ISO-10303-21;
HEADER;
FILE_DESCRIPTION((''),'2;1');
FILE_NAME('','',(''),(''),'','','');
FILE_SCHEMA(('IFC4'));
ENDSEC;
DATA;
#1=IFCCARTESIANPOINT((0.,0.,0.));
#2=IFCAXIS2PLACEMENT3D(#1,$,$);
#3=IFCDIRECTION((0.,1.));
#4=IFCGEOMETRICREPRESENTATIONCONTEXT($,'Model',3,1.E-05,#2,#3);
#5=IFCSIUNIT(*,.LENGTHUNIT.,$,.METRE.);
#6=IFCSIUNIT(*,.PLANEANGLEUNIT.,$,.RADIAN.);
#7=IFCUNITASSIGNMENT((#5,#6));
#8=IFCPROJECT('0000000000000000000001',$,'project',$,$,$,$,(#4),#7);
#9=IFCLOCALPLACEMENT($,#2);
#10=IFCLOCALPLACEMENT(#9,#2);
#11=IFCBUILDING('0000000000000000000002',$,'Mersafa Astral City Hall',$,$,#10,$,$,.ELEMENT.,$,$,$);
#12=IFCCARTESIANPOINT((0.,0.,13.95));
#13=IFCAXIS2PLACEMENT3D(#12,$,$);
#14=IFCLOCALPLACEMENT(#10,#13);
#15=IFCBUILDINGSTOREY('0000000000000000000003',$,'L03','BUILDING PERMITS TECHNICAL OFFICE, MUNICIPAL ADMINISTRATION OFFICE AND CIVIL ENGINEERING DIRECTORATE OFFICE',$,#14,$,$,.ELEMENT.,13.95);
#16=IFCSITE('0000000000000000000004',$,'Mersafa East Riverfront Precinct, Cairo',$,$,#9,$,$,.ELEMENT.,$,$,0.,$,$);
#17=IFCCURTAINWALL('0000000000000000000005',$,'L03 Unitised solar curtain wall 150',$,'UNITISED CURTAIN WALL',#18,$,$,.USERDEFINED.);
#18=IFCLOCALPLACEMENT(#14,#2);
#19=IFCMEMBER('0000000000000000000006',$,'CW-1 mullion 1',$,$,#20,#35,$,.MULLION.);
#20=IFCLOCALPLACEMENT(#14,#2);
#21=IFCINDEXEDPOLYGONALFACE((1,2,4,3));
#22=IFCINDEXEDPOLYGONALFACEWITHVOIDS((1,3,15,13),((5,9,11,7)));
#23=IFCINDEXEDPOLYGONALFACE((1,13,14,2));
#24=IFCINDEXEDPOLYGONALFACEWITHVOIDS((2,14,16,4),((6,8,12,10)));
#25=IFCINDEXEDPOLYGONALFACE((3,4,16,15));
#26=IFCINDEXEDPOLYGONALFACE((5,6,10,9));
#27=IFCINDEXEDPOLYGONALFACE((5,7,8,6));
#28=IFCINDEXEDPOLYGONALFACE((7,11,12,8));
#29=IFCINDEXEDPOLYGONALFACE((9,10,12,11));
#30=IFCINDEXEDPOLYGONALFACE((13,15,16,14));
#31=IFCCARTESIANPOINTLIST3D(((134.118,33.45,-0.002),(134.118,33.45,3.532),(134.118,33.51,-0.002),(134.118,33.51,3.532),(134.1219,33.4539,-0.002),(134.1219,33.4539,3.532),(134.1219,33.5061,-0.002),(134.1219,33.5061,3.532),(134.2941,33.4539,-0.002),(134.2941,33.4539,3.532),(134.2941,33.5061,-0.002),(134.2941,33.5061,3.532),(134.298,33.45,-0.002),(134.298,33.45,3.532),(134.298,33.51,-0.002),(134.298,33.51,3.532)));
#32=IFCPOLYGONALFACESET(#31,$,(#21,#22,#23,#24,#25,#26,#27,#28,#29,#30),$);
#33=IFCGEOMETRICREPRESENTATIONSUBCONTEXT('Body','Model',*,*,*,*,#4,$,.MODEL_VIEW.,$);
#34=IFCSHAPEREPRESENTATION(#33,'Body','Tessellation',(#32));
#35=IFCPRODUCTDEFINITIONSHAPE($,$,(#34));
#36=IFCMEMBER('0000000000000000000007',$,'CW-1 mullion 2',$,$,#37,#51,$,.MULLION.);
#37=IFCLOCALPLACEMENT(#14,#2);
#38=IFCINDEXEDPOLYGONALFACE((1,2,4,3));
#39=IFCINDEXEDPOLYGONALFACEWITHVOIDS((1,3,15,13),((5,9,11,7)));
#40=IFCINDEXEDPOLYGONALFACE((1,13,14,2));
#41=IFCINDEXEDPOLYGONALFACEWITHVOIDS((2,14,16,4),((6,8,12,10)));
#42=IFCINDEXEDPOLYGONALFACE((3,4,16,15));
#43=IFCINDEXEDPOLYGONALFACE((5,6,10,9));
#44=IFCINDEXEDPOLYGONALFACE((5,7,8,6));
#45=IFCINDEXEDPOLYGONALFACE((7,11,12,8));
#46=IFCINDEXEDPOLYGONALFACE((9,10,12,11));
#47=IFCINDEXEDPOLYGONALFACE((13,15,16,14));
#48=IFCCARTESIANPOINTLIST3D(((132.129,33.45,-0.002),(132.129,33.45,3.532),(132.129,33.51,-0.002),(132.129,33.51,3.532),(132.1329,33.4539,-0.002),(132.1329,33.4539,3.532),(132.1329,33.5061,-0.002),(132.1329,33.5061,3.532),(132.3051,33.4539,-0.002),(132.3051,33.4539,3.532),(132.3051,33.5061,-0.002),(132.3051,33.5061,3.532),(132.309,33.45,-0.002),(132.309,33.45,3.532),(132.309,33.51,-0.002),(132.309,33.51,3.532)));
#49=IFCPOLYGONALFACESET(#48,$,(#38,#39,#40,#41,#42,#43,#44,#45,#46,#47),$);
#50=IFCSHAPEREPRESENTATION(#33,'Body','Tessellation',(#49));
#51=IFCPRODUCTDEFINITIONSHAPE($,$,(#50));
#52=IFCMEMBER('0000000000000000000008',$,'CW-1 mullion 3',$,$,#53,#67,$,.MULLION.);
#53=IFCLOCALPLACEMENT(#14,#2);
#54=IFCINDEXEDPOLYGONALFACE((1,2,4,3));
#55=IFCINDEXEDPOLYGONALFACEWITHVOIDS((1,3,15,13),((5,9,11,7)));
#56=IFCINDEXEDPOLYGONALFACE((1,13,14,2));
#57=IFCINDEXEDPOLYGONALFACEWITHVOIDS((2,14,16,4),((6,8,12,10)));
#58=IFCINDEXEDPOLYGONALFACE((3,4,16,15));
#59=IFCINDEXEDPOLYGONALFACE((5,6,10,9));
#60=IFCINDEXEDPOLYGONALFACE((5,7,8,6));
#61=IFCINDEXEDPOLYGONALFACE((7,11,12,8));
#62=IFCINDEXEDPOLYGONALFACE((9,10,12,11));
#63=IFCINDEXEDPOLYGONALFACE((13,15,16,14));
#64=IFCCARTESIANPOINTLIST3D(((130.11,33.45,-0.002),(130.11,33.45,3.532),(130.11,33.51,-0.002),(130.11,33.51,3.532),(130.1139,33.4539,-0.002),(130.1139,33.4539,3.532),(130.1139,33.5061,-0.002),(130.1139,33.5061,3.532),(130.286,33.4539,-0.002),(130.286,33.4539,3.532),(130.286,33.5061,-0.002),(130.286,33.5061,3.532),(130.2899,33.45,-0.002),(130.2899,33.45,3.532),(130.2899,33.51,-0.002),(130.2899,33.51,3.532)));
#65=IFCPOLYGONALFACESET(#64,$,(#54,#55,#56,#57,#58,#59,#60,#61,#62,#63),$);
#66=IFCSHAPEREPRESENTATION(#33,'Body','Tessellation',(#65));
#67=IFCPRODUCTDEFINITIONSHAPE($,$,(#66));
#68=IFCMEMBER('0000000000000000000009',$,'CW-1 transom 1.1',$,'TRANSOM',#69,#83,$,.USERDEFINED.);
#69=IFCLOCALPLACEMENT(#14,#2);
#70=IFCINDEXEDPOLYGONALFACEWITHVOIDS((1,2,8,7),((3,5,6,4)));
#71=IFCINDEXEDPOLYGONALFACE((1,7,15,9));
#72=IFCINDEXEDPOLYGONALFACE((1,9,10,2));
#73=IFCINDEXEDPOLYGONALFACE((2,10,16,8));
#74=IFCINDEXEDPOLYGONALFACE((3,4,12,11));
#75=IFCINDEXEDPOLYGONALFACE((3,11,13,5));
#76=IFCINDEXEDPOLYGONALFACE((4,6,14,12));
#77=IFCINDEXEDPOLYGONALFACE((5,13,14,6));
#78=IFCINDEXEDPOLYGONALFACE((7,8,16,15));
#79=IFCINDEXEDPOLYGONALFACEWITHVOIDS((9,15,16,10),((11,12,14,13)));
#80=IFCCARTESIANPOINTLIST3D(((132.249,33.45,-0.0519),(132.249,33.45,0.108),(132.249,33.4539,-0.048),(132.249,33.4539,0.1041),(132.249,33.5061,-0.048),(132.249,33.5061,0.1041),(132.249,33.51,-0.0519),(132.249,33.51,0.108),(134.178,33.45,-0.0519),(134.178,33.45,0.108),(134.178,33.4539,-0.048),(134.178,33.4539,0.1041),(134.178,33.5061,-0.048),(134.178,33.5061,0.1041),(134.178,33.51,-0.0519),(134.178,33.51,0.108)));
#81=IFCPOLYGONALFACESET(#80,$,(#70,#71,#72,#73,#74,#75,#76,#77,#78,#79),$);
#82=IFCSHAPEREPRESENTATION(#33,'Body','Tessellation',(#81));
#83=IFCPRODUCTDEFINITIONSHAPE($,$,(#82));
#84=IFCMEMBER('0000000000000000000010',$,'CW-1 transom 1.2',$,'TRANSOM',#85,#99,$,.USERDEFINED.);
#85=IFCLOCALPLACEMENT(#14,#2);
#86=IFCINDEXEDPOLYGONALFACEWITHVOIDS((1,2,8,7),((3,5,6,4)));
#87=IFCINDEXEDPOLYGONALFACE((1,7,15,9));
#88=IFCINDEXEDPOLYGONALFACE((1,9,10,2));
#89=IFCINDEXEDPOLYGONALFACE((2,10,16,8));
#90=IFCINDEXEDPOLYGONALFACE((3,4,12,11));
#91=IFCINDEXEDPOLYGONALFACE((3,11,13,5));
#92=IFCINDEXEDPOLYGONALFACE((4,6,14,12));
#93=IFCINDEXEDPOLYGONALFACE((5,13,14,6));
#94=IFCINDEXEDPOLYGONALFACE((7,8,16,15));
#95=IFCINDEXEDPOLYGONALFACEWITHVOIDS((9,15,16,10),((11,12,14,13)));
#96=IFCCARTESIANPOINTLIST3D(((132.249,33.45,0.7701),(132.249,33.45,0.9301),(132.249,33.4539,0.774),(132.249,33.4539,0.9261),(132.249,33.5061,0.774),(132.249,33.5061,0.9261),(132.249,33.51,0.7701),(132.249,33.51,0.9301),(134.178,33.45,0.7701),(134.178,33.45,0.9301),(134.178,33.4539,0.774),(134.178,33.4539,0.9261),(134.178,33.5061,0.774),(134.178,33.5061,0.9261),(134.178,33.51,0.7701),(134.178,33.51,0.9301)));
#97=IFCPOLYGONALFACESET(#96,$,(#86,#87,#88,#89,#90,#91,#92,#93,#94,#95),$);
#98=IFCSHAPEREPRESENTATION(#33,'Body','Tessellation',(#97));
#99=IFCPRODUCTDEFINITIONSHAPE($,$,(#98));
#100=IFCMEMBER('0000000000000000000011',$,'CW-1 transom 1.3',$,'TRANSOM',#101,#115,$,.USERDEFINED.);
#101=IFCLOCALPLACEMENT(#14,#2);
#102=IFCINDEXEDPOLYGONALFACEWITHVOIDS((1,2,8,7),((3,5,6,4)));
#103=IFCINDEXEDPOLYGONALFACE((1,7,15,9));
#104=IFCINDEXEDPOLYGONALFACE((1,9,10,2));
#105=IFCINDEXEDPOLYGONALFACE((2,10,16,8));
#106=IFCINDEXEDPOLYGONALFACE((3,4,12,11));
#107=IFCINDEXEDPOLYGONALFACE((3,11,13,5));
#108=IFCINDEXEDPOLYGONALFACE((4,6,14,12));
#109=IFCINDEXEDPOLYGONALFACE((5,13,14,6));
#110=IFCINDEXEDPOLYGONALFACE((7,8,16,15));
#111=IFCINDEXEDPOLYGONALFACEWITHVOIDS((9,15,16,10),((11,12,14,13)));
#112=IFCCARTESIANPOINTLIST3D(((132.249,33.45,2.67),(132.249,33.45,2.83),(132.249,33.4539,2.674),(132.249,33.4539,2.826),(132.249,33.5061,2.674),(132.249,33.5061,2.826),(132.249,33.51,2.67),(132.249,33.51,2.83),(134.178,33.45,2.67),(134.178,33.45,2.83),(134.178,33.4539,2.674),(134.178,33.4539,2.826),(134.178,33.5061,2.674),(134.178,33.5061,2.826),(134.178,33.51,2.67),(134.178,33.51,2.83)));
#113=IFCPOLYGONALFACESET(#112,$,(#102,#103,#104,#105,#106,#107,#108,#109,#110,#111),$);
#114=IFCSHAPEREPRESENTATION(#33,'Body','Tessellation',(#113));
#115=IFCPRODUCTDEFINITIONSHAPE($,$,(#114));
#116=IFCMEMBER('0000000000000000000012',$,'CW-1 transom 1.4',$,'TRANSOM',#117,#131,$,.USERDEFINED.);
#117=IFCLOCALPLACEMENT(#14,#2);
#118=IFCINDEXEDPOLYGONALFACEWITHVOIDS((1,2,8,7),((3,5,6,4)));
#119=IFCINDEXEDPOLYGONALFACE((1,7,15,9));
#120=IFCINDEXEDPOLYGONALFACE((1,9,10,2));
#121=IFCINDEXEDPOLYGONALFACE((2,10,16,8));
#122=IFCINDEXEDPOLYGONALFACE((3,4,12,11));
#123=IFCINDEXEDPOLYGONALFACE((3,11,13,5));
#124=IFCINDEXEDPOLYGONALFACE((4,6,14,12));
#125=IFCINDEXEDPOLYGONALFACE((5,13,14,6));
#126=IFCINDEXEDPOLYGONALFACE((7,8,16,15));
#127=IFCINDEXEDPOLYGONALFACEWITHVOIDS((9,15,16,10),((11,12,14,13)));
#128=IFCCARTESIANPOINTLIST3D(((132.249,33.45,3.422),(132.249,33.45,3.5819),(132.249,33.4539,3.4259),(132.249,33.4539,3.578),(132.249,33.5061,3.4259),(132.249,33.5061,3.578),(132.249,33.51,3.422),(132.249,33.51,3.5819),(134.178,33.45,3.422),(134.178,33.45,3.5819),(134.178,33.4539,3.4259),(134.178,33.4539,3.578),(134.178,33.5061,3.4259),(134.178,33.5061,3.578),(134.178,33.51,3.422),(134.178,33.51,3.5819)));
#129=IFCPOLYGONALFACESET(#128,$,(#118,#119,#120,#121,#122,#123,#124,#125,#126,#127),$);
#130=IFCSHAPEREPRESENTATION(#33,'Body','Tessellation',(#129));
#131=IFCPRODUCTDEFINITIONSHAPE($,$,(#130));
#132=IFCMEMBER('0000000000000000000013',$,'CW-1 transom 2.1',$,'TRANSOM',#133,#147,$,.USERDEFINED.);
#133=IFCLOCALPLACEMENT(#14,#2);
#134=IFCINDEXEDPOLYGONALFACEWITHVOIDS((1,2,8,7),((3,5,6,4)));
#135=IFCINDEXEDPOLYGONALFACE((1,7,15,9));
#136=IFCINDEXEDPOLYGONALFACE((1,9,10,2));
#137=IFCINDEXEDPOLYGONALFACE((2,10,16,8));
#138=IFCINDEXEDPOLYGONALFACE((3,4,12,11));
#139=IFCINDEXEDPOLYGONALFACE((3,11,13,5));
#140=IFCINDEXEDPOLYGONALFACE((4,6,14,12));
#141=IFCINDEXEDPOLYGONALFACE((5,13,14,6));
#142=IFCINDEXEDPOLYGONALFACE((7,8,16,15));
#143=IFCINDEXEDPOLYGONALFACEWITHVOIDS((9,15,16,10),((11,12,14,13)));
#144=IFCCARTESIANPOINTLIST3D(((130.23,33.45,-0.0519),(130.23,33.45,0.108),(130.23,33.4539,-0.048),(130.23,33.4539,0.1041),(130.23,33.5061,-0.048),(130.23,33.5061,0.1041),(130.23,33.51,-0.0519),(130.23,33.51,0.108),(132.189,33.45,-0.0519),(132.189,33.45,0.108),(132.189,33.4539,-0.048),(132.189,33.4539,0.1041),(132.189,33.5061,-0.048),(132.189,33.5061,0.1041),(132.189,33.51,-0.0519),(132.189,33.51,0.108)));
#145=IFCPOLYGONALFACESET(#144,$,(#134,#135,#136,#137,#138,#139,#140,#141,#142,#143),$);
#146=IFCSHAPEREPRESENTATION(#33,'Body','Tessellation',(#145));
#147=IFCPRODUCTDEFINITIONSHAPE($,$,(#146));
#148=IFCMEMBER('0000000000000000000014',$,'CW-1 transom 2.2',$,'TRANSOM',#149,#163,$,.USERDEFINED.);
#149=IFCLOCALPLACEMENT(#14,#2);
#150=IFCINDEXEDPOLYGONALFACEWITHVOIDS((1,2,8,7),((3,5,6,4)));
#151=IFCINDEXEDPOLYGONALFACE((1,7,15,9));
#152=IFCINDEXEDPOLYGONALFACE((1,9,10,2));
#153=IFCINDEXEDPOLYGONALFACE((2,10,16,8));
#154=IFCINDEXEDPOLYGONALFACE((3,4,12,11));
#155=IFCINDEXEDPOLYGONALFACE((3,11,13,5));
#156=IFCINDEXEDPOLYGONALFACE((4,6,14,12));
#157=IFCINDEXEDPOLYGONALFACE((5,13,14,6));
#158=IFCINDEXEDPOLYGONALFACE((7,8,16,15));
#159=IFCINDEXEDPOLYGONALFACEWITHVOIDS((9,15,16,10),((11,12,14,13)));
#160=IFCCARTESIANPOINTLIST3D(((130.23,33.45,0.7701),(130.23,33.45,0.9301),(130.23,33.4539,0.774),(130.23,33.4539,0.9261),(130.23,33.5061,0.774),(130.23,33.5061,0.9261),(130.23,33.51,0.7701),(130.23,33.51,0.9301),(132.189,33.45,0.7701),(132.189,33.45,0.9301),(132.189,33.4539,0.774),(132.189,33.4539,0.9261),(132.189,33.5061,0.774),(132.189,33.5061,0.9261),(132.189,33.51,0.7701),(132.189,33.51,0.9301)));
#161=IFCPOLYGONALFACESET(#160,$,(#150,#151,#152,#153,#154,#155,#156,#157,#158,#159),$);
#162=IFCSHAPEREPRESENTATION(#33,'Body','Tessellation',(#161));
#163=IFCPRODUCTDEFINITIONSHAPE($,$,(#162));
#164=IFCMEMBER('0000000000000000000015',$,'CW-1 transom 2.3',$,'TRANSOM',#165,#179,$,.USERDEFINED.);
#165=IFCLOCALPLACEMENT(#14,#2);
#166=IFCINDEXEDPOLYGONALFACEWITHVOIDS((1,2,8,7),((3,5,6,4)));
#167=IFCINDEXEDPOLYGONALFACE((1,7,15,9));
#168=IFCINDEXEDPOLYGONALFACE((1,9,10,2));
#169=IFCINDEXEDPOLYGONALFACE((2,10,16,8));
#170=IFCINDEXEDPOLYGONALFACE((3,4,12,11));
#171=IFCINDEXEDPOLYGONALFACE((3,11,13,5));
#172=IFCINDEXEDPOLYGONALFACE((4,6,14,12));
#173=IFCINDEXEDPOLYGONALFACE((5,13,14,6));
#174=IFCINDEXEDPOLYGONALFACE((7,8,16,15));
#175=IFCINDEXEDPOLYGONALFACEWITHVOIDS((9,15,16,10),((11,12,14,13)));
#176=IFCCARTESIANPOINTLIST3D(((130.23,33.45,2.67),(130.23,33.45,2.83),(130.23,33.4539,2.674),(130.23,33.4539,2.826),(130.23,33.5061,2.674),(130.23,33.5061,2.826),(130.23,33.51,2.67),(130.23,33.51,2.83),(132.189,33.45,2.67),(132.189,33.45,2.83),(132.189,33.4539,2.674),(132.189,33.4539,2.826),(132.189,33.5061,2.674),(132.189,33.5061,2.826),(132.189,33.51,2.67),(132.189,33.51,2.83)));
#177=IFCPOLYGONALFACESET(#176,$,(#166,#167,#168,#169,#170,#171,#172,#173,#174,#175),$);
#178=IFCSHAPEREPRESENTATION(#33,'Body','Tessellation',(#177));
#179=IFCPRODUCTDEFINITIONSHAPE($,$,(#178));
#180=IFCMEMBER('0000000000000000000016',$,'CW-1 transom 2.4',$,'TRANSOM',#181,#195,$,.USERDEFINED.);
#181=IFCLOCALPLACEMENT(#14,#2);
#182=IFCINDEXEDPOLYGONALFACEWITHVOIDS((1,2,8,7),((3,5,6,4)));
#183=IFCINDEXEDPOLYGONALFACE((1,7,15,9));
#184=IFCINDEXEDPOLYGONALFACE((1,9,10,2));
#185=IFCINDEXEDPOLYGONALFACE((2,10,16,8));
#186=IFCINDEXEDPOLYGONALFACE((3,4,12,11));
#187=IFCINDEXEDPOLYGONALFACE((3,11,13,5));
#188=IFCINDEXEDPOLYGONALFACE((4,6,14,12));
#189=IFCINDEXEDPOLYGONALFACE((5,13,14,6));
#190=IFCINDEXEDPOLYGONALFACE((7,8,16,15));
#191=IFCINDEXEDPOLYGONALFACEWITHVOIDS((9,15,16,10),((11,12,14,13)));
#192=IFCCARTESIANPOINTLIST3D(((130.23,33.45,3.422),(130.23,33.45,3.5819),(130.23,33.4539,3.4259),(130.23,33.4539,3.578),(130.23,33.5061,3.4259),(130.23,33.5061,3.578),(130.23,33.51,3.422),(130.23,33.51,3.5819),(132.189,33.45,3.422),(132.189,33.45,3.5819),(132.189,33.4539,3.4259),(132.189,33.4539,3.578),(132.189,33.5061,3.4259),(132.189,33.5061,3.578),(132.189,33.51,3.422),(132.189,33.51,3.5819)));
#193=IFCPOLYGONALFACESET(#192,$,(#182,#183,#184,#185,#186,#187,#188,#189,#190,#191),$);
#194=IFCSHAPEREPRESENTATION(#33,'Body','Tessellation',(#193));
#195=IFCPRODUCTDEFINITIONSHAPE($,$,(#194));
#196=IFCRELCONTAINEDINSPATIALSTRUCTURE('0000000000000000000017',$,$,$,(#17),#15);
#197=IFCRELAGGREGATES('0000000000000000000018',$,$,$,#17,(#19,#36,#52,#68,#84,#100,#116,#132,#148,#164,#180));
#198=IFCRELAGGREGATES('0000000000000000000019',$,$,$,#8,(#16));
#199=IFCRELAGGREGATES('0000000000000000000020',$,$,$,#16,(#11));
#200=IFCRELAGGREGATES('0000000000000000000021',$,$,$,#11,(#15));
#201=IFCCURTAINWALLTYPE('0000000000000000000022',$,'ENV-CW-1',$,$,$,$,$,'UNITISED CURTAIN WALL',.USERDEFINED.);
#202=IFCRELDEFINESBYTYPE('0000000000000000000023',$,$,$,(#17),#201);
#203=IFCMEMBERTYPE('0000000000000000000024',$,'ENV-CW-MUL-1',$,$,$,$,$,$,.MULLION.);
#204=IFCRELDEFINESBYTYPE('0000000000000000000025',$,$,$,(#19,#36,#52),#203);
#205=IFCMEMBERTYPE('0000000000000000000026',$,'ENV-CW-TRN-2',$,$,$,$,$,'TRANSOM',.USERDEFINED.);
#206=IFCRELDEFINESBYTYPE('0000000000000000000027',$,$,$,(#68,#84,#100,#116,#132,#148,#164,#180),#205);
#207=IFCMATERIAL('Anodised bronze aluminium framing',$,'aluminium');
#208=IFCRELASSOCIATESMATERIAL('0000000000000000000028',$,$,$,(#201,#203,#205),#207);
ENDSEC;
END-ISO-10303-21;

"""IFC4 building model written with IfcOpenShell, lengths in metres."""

from ifc_helpers import new_model, si_unit, direction, frame, origin, origin_2d, place, context, subcontext, project, spatial, hollow_rectangle, extrude, material, material_profile, profile_set, type_object, element, aggregate, save


model = new_model("IFC4")

# Units and contexts
model_context = context("Model", 3, precision=1e-05, world=origin(), true_north=direction((0.0, 1.0)))
body_context = subcontext(model_context, "Body", "Model", "MODEL_VIEW")
ifc_project = project(units=[si_unit("LENGTHUNIT", "METRE"), si_unit("PLANEANGLEUNIT", "RADIAN")], contexts=[model_context])

# Site, building, storey
site_placement = place(None, origin())
site = spatial("IfcSite", under=ifc_project, at=site_placement, Name="Mersafa East Riverfront Precinct, Cairo", CompositionType="ELEMENT", RefElevation=0.0)
building_placement = place(site_placement, origin())
building = spatial("IfcBuilding", under=site, at=building_placement, Name="Mersafa Astral City Hall", CompositionType="ELEMENT")
storey_placement = place(building_placement, frame((0.0, 0.0, 13.95)))
storey = spatial("IfcBuildingStorey", under=building, at=storey_placement, Name="L03", Description="BUILDING PERMITS TECHNICAL OFFICE, MUNICIPAL ADMINISTRATION OFFICE AND CIVIL ENGINEERING DIRECTORATE OFFICE", CompositionType="ELEMENT", Elevation=13.95)

# Curtain wall, members
ifc_material_1 = material(Name="Anodised bronze aluminium framing", Category="aluminium")
curtain_wall_type = type_object("IfcCurtainWallType", Name="ENV-CW-1", ElementType="UNITISED CURTAIN WALL", PredefinedType="USERDEFINED", material=ifc_material_1)
curtain_wall_placement = place(storey_placement, origin())
curtain_wall = element("IfcCurtainWall", 1, at=curtain_wall_placement, inside=storey, type_object=curtain_wall_type, Name="L03 Unitised solar curtain wall 150", ObjectType="UNITISED CURTAIN WALL", PredefinedType="USERDEFINED")
ifc_material_profile_1 = material_profile(ifc_material_1, hollow_rectangle(XDim=0.0601, YDim=0.1799, WallThickness=0.0039, at=origin_2d()), Name="RHS 60x180x4")
ifc_profile_set_1 = profile_set([ifc_material_profile_1], Name="Anodised bronze aluminium framing")
member_type_1 = type_object("IfcMemberType", Name="ENV-CW-MUL-1", PredefinedType="MULLION", material=ifc_profile_set_1)
member_1_placement = place(storey_placement, frame((134.208, 33.48, -0.002), z_axis=(0.0, 0.0, 1.0), x_axis=(0.0, -1.0, 0.0)))
member_1 = element("IfcMember", 2, at=member_1_placement, type_object=member_type_1, Name="CW-1 mullion 1", PredefinedType="MULLION", context=body_context, shape_type="SweptSolid", body=[
    extrude(hollow_rectangle(XDim=0.0601, YDim=0.1799, WallThickness=0.0039, at=origin_2d()), origin(), (0.0, 0.0, 1.0), 3.5339),
])
member_2_placement = place(storey_placement, frame((132.219, 33.48, -0.002), z_axis=(0.0, 0.0, 1.0), x_axis=(0.0, -1.0, 0.0)))
member_2 = element("IfcMember", 3, at=member_2_placement, type_object=member_type_1, Name="CW-1 mullion 2", PredefinedType="MULLION", context=body_context, shape_type="SweptSolid", body=[
    extrude(hollow_rectangle(XDim=0.0601, YDim=0.1799, WallThickness=0.0039, at=origin_2d()), origin(), (0.0, 0.0, 1.0), 3.5339),
])
member_3_placement = place(storey_placement, frame((130.2, 33.48, -0.002), z_axis=(0.0, 0.0, 1.0), x_axis=(0.0, -1.0, 0.0)))
member_3 = element("IfcMember", 4, at=member_3_placement, type_object=member_type_1, Name="CW-1 mullion 3", PredefinedType="MULLION", context=body_context, shape_type="SweptSolid", body=[
    extrude(hollow_rectangle(XDim=0.0601, YDim=0.1799, WallThickness=0.0039, at=origin_2d()), origin(), (0.0, 0.0, 1.0), 3.5339),
])
ifc_material_profile_2 = material_profile(ifc_material_1, hollow_rectangle(XDim=0.0601, YDim=0.1599, WallThickness=0.0039, at=origin_2d()), Name="RHS 60x160x4")
ifc_profile_set_2 = profile_set([ifc_material_profile_2], Name="Anodised bronze aluminium framing")
member_type_2 = type_object("IfcMemberType", Name="ENV-CW-TRN-2", ElementType="TRANSOM", PredefinedType="USERDEFINED", material=ifc_profile_set_2)
member_4_placement = place(storey_placement, frame((134.178, 33.48, 0.0281), z_axis=(-1.0, 0.0, 0.0), x_axis=(0.0, -1.0, 0.0)))
member_4 = element("IfcMember", 5, at=member_4_placement, type_object=member_type_2, Name="CW-1 transom 1.1", ObjectType="TRANSOM", PredefinedType="USERDEFINED", context=body_context, shape_type="SweptSolid", body=[
    extrude(hollow_rectangle(XDim=0.0601, YDim=0.1599, WallThickness=0.0039, at=origin_2d()), origin(), (0.0, 0.0, 1.0), 1.929),
])
member_5_placement = place(storey_placement, frame((134.178, 33.48, 0.8501), z_axis=(-1.0, 0.0, 0.0), x_axis=(0.0, -1.0, 0.0)))
member_5 = element("IfcMember", 6, at=member_5_placement, type_object=member_type_2, Name="CW-1 transom 1.2", ObjectType="TRANSOM", PredefinedType="USERDEFINED", context=body_context, shape_type="SweptSolid", body=[
    extrude(hollow_rectangle(XDim=0.0601, YDim=0.1599, WallThickness=0.0039, at=origin_2d()), origin(), (0.0, 0.0, 1.0), 1.929),
])
member_6_placement = place(storey_placement, frame((134.178, 33.48, 2.75), z_axis=(-1.0, 0.0, 0.0), x_axis=(0.0, -1.0, 0.0)))
member_6 = element("IfcMember", 7, at=member_6_placement, type_object=member_type_2, Name="CW-1 transom 1.3", ObjectType="TRANSOM", PredefinedType="USERDEFINED", context=body_context, shape_type="SweptSolid", body=[
    extrude(hollow_rectangle(XDim=0.0601, YDim=0.1599, WallThickness=0.0039, at=origin_2d()), origin(), (0.0, 0.0, 1.0), 1.929),
])
member_7_placement = place(storey_placement, frame((134.178, 33.48, 3.502), z_axis=(-1.0, 0.0, 0.0), x_axis=(0.0, -1.0, 0.0)))
member_7 = element("IfcMember", 8, at=member_7_placement, type_object=member_type_2, Name="CW-1 transom 1.4", ObjectType="TRANSOM", PredefinedType="USERDEFINED", context=body_context, shape_type="SweptSolid", body=[
    extrude(hollow_rectangle(XDim=0.0601, YDim=0.1599, WallThickness=0.0039, at=origin_2d()), origin(), (0.0, 0.0, 1.0), 1.929),
])
member_8_placement = place(storey_placement, frame((132.189, 33.48, 0.0281), z_axis=(-1.0, 0.0, 0.0), x_axis=(0.0, -1.0, 0.0)))
member_8 = element("IfcMember", 9, at=member_8_placement, type_object=member_type_2, Name="CW-1 transom 2.1", ObjectType="TRANSOM", PredefinedType="USERDEFINED", context=body_context, shape_type="SweptSolid", body=[
    extrude(hollow_rectangle(XDim=0.0601, YDim=0.1599, WallThickness=0.0039, at=origin_2d()), origin(), (0.0, 0.0, 1.0), 1.959),
])
member_9_placement = place(storey_placement, frame((132.189, 33.48, 0.8501), z_axis=(-1.0, 0.0, 0.0), x_axis=(0.0, -1.0, 0.0)))
member_9 = element("IfcMember", 10, at=member_9_placement, type_object=member_type_2, Name="CW-1 transom 2.2", ObjectType="TRANSOM", PredefinedType="USERDEFINED", context=body_context, shape_type="SweptSolid", body=[
    extrude(hollow_rectangle(XDim=0.0601, YDim=0.1599, WallThickness=0.0039, at=origin_2d()), origin(), (0.0, 0.0, 1.0), 1.959),
])
member_10_placement = place(storey_placement, frame((132.189, 33.48, 2.75), z_axis=(-1.0, 0.0, 0.0), x_axis=(0.0, -1.0, 0.0)))
member_10 = element("IfcMember", 11, at=member_10_placement, type_object=member_type_2, Name="CW-1 transom 2.3", ObjectType="TRANSOM", PredefinedType="USERDEFINED", context=body_context, shape_type="SweptSolid", body=[
    extrude(hollow_rectangle(XDim=0.0601, YDim=0.1599, WallThickness=0.0039, at=origin_2d()), origin(), (0.0, 0.0, 1.0), 1.959),
])
member_11_placement = place(storey_placement, frame((132.189, 33.48, 3.502), z_axis=(-1.0, 0.0, 0.0), x_axis=(0.0, -1.0, 0.0)))
member_11 = element("IfcMember", 12, at=member_11_placement, type_object=member_type_2, Name="CW-1 transom 2.4", ObjectType="TRANSOM", PredefinedType="USERDEFINED", context=body_context, shape_type="SweptSolid", body=[
    extrude(hollow_rectangle(XDim=0.0601, YDim=0.1599, WallThickness=0.0039, at=origin_2d()), origin(), (0.0, 0.0, 1.0), 1.959),
])

aggregate(curtain_wall, [member_1, member_2, member_3, member_4, member_5, member_6, member_7, member_8, member_9, member_10, member_11])

save(model, "model.ifc")
